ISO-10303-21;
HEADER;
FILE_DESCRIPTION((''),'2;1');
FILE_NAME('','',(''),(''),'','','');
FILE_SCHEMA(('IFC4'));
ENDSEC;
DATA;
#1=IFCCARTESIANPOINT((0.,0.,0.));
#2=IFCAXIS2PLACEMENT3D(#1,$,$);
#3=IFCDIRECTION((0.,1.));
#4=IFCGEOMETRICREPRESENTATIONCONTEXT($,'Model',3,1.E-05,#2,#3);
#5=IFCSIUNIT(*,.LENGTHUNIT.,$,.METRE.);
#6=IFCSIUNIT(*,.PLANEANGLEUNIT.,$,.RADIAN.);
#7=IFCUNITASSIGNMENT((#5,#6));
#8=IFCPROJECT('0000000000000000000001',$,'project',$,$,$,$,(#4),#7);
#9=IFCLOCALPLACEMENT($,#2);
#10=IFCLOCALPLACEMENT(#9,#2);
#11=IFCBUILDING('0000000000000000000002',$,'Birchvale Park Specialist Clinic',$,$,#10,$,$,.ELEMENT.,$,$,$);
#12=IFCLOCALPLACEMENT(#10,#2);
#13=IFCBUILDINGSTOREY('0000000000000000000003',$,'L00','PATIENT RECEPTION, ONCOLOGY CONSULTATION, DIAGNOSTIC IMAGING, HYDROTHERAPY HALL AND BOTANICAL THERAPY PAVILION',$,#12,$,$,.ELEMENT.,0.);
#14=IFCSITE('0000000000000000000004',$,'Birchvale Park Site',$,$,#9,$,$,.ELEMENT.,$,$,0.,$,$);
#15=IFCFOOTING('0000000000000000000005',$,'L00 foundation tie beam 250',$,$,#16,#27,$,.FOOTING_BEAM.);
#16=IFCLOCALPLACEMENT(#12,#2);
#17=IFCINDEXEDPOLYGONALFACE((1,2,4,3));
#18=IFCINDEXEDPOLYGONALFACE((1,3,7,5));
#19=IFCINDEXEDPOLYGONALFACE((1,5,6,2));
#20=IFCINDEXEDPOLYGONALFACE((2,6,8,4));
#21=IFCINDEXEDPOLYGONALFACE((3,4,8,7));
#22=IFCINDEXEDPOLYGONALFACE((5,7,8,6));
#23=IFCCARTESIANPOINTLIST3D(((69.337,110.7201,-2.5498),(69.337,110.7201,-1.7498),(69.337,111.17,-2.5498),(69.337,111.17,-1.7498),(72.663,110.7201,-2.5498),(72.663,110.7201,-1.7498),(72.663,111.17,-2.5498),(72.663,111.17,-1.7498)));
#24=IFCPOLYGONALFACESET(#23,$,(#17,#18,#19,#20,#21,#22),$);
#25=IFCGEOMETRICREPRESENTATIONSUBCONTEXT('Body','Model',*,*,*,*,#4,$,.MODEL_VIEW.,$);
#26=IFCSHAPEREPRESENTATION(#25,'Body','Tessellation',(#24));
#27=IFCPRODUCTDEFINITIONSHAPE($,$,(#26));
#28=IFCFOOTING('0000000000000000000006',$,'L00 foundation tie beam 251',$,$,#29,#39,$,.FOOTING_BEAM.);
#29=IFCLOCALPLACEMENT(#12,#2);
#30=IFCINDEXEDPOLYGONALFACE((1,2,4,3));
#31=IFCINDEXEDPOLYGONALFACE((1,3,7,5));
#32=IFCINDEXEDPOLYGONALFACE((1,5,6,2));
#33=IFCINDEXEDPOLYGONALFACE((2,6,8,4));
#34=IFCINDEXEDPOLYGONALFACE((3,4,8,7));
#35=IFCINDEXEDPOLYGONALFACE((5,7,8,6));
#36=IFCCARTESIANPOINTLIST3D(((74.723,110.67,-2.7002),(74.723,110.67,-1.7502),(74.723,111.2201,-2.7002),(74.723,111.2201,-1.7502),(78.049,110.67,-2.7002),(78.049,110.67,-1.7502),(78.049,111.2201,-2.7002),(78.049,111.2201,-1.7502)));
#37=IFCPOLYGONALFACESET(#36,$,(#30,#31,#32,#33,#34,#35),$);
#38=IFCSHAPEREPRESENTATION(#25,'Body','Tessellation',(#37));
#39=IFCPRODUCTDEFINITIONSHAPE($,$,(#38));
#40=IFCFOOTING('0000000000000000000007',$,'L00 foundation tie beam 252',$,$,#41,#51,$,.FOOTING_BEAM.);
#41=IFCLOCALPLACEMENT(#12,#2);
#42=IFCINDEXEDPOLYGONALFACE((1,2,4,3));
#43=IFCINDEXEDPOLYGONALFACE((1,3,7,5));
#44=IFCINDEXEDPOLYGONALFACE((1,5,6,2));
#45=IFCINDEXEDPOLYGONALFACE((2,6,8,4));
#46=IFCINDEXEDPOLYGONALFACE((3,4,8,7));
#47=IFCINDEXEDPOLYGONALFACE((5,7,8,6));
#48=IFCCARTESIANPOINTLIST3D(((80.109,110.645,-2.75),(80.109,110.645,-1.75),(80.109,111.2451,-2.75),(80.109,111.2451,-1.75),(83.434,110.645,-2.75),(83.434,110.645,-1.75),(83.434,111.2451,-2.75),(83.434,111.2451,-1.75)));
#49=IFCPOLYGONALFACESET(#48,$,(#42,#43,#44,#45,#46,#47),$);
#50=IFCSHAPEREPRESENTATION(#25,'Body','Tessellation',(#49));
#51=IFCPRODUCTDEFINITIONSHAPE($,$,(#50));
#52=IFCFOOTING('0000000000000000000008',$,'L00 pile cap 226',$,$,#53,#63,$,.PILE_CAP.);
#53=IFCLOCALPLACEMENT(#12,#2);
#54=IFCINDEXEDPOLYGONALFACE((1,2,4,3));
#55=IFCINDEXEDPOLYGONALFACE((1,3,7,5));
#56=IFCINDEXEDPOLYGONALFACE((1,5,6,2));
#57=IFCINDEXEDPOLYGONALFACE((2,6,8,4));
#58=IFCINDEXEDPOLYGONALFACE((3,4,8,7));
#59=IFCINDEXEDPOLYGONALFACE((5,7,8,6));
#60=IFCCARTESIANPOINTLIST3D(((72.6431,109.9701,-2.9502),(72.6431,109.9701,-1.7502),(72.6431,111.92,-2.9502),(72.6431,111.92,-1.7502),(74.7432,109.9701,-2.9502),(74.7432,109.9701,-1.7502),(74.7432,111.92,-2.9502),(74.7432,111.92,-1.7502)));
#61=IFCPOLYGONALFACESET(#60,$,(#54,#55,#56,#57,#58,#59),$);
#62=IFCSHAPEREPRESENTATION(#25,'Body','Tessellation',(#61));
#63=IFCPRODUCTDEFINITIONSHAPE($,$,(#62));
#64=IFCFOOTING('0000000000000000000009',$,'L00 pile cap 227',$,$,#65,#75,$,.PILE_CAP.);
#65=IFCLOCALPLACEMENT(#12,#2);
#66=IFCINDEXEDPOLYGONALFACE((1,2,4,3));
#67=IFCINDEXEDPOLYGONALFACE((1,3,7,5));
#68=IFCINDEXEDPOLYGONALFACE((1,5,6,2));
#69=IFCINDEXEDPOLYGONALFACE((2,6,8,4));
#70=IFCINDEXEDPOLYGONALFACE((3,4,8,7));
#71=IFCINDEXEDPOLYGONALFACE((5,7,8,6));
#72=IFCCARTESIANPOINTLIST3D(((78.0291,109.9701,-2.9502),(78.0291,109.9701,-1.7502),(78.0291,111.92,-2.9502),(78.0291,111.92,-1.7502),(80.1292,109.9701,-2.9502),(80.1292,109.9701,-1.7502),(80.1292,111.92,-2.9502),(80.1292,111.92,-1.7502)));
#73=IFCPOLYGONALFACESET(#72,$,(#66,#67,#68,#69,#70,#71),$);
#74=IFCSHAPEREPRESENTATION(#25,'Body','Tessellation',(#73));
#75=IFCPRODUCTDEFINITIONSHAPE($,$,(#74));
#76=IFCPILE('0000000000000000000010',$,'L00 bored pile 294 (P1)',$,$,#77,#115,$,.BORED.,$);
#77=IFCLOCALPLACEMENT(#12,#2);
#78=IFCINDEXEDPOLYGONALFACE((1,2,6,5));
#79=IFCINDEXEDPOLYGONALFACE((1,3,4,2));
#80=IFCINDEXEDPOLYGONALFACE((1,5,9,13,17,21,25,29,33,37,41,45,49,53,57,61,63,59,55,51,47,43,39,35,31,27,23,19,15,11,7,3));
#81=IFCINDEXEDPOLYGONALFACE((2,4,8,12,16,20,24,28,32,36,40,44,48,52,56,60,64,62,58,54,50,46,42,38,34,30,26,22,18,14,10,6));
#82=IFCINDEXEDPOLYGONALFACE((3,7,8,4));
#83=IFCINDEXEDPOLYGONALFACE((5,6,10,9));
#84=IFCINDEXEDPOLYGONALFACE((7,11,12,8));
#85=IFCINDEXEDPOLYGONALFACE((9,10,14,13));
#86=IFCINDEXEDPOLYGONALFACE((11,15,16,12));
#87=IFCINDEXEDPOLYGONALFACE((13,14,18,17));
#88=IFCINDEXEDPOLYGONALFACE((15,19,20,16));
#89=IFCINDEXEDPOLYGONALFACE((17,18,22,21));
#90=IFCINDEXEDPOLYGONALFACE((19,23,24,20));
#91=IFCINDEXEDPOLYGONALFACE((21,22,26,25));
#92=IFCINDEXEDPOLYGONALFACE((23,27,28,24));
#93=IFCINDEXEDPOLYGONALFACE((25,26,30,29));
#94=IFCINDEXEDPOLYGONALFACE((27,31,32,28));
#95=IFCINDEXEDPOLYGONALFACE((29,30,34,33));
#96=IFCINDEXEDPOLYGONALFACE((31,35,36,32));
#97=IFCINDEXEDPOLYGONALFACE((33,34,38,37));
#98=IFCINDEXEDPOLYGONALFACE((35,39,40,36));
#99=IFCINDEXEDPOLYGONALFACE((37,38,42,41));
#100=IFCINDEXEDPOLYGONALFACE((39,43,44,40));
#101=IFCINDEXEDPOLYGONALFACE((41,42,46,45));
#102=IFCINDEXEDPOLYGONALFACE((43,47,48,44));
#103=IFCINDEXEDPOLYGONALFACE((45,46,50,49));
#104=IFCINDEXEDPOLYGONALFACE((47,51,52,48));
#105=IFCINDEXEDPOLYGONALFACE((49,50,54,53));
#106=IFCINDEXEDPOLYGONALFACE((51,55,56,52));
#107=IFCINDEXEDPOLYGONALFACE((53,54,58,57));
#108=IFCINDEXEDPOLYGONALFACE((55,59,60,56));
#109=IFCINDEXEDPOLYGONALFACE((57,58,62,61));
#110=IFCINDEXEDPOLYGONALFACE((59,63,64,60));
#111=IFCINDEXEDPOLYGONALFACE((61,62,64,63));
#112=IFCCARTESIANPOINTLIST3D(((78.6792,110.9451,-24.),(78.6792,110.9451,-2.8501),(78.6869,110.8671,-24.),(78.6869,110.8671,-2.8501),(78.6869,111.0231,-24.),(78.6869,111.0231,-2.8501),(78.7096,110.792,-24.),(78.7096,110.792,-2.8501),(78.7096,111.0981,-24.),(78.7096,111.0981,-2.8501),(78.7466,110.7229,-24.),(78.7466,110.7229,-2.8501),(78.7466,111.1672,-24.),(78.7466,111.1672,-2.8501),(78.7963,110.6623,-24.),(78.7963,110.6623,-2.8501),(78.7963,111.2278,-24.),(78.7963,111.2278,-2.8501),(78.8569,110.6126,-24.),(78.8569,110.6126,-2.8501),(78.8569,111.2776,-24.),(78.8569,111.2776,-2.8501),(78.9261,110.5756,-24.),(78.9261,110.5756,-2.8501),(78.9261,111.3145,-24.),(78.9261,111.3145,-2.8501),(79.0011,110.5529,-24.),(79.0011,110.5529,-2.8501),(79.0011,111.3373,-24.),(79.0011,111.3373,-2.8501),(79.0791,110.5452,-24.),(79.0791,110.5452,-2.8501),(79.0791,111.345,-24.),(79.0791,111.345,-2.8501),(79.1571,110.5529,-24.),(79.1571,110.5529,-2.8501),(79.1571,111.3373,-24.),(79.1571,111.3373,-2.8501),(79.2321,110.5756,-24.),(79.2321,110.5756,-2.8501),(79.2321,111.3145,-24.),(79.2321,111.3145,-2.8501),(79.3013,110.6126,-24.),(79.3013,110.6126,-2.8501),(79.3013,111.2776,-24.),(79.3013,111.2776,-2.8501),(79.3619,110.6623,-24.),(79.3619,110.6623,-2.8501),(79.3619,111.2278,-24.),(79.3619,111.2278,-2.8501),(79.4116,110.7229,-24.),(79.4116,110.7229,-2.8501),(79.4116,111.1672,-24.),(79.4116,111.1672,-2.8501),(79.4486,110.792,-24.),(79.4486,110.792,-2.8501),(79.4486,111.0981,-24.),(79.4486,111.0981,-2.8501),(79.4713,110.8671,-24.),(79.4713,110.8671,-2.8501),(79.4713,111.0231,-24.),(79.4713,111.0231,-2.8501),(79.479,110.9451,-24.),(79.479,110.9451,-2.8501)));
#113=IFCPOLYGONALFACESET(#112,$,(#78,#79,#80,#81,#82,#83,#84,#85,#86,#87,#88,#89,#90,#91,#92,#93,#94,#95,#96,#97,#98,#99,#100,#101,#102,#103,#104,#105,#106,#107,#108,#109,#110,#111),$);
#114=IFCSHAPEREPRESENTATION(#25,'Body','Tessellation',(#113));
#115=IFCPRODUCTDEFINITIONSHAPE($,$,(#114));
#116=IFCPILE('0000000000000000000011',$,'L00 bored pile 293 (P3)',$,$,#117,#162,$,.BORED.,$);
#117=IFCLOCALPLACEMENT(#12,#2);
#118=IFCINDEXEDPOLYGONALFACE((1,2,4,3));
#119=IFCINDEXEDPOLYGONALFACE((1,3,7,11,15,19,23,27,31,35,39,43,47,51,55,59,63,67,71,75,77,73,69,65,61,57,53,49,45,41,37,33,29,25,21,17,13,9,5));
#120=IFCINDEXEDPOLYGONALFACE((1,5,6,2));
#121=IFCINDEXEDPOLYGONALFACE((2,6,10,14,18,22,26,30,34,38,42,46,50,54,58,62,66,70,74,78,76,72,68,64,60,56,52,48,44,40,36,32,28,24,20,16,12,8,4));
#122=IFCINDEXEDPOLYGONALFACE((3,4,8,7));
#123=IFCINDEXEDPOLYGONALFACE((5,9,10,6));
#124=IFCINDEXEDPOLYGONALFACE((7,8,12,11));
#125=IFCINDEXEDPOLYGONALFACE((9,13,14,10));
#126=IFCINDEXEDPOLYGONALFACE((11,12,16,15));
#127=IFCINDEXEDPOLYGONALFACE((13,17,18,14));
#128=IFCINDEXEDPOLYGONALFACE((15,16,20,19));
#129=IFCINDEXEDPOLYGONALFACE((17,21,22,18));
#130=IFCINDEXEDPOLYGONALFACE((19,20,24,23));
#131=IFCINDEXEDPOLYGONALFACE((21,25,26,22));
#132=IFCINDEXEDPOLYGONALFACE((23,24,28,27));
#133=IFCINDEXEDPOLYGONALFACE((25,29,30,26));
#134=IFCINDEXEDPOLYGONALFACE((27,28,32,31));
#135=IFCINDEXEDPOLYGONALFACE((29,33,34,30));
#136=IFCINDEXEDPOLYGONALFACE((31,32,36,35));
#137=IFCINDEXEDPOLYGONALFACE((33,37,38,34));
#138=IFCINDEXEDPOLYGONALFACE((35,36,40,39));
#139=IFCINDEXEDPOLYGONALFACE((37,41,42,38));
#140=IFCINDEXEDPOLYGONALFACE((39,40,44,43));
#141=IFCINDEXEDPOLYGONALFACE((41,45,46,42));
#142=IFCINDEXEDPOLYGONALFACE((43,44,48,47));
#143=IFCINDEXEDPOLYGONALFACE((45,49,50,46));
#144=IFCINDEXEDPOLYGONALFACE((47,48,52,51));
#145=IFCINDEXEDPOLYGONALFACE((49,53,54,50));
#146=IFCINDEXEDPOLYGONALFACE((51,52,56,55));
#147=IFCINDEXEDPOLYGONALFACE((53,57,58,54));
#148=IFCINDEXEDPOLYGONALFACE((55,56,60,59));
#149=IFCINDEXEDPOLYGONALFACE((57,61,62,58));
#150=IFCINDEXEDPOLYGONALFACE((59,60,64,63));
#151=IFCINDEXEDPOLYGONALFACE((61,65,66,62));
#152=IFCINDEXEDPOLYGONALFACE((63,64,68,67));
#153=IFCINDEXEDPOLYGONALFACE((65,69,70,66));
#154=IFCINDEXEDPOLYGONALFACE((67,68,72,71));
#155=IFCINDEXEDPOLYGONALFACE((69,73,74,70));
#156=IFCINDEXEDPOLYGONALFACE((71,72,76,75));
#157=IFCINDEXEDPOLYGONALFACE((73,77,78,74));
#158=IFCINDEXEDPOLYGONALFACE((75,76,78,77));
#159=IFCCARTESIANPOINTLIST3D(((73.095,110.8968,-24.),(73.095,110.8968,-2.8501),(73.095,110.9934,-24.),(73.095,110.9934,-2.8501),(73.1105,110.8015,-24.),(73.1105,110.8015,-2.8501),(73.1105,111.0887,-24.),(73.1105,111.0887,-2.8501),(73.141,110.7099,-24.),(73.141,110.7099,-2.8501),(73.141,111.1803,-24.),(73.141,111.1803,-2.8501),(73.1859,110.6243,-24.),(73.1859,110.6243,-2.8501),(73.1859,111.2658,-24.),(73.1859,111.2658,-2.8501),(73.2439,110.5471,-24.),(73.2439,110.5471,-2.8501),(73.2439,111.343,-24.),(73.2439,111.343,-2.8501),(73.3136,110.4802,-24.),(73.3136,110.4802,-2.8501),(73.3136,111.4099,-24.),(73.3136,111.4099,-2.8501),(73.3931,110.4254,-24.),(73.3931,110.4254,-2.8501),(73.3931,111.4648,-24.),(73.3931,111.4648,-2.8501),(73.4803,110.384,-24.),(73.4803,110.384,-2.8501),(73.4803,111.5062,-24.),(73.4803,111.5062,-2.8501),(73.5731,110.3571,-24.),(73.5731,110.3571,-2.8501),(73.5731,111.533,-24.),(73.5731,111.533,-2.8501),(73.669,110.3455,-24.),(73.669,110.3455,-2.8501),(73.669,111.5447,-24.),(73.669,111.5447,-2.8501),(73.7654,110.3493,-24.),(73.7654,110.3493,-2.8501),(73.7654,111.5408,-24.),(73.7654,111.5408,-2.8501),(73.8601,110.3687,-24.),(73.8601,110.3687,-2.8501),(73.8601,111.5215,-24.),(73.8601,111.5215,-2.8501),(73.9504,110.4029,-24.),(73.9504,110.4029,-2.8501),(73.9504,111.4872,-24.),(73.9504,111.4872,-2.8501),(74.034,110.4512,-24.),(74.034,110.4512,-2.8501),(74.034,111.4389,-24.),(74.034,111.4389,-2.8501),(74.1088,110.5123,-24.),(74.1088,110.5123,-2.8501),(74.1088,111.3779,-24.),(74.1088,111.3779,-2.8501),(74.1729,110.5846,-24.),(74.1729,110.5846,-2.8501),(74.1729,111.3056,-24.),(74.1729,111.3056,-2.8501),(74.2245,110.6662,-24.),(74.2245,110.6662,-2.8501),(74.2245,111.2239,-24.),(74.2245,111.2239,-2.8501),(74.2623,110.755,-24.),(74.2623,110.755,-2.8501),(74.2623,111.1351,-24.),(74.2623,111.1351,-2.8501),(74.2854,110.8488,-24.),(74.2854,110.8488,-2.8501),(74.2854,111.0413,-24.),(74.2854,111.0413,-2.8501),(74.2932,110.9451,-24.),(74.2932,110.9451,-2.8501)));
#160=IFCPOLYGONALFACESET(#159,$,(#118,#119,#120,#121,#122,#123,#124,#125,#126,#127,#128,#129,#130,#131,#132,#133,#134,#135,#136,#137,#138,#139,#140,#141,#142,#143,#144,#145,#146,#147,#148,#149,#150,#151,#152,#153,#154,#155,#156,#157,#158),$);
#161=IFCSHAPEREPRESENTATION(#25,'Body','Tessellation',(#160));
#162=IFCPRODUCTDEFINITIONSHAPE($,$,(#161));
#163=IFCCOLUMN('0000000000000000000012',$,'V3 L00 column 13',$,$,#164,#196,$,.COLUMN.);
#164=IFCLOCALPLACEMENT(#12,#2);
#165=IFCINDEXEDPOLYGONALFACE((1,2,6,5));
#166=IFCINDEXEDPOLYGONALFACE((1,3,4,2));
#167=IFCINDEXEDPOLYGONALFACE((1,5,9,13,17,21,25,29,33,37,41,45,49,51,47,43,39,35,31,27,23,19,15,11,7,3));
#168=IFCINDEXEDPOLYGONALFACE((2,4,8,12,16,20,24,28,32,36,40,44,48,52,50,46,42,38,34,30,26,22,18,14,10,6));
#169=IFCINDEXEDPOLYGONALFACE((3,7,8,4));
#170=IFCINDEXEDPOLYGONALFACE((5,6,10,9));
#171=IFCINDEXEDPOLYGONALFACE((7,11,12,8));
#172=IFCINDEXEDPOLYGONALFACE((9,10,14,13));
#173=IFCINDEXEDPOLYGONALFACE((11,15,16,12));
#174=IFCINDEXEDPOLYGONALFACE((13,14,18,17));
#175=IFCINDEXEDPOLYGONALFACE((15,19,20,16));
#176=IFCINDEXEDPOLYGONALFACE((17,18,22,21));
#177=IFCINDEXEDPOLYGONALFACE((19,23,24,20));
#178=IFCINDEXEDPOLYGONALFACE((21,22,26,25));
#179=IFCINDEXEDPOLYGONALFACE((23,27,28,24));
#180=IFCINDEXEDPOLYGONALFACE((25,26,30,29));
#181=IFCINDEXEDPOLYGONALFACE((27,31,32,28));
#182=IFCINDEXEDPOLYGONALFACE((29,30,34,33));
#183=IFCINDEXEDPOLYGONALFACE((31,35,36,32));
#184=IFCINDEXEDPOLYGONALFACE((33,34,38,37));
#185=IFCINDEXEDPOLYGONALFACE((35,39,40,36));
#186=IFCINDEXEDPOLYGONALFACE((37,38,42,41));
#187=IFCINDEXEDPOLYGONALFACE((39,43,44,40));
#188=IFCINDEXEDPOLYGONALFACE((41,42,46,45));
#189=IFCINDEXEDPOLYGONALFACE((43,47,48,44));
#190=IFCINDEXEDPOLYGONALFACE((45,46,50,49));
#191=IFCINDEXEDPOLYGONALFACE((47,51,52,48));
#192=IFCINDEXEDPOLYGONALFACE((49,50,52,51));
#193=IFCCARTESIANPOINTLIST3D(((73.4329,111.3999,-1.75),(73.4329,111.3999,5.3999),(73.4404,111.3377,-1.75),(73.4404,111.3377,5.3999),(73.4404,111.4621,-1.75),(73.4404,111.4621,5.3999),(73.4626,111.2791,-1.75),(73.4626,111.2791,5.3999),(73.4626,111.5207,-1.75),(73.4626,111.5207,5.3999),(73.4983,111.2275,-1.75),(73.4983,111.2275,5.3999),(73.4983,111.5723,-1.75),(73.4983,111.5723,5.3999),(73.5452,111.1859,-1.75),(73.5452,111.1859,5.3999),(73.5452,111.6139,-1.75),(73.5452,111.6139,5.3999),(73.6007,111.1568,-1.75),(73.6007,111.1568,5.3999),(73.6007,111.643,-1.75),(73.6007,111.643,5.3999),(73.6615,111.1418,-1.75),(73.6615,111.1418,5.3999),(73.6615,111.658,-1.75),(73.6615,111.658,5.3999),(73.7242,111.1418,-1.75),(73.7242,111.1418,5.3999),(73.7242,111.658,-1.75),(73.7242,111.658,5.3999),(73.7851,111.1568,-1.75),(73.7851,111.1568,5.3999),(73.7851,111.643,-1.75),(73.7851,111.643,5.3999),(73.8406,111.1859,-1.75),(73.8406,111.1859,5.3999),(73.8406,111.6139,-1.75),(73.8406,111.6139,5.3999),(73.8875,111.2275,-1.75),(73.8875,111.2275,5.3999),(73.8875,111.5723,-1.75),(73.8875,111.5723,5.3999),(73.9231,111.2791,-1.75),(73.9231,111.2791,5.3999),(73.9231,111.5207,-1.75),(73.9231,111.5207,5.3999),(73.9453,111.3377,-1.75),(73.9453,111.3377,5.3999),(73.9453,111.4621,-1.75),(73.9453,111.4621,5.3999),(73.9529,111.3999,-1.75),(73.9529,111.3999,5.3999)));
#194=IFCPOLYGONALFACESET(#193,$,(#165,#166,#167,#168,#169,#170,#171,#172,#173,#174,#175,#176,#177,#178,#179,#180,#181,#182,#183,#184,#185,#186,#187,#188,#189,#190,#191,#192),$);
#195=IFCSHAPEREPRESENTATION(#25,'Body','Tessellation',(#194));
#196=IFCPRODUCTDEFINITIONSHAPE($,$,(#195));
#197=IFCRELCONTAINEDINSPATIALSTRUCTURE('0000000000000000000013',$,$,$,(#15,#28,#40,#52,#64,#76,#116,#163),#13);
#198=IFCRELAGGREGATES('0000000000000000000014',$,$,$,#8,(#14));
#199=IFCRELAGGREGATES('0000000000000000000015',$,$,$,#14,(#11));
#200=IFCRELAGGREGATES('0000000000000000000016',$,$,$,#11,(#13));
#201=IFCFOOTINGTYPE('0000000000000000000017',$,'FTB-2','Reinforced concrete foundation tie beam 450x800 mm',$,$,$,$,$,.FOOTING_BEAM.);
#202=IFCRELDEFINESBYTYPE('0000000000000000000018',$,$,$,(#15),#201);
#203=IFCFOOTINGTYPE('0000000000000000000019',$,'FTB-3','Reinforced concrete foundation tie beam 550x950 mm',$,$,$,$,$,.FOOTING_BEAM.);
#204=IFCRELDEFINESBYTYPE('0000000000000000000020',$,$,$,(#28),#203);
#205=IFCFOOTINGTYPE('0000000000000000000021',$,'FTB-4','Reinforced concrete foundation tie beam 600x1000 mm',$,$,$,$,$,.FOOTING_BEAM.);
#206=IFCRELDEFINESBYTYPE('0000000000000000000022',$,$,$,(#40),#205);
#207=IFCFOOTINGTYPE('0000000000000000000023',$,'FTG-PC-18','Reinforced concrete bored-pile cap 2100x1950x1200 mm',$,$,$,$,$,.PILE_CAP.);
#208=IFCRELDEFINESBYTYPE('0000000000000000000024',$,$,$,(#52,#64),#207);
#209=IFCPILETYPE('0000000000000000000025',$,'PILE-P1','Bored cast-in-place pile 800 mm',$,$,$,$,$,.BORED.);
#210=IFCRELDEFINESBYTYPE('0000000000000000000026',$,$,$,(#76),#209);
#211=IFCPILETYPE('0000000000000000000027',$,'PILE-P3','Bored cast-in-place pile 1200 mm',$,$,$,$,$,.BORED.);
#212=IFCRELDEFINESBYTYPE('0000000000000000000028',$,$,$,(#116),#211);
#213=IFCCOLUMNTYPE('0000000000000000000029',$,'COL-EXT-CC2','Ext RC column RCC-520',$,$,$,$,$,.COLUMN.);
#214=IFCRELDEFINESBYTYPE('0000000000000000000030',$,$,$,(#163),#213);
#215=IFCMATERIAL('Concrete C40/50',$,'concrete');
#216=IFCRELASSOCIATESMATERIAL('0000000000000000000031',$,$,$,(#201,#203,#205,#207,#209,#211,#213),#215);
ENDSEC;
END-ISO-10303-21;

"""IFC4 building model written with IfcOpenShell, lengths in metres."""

from ifc_helpers import new_model, si_unit, direction, frame, origin, origin_2d, place, context, subcontext, project, spatial, rectangle, circle, extrude, material, material_profile, profile_set, type_object, element, save


model = new_model("IFC4")

# Units and contexts
model_context = context("Model", 3, precision=1e-05, world=origin(), true_north=direction((0.0, 1.0)))
body_context = subcontext(model_context, "Body", "Model", "MODEL_VIEW")
ifc_project = project(units=[si_unit("LENGTHUNIT", "METRE"), si_unit("PLANEANGLEUNIT", "RADIAN")], contexts=[model_context])

# Site, building, storey
site_placement = place(None, origin())
site = spatial("IfcSite", under=ifc_project, at=site_placement, Name="Birchvale Park Site", CompositionType="ELEMENT", RefElevation=0.0)
building_placement = place(site_placement, origin())
building = spatial("IfcBuilding", under=site, at=building_placement, Name="Birchvale Park Specialist Clinic", CompositionType="ELEMENT")
storey_placement = place(building_placement, origin())
storey = spatial("IfcBuildingStorey", under=building, at=storey_placement, Name="L00", Description="PATIENT RECEPTION, ONCOLOGY CONSULTATION, DIAGNOSTIC IMAGING, HYDROTHERAPY HALL AND BOTANICAL THERAPY PAVILION", CompositionType="ELEMENT", Elevation=0.0)

# Footings
ifc_material_1 = material(Name="Concrete C40/50", Category="concrete")
footing_type_1 = type_object("IfcFootingType", Name="FTB-2", Description="Reinforced concrete foundation tie beam 450x800 mm", PredefinedType="FOOTING_BEAM", material=ifc_material_1)
footing_1_placement = place(storey_placement, frame((71.0, 110.9451, -2.5498), z_axis=(0.0, 0.0, 1.0), x_axis=(1.0, 0.0, 0.0)))
element("IfcFooting", 1, at=footing_1_placement, inside=storey, type_object=footing_type_1, Name="L00 foundation tie beam 250", PredefinedType="FOOTING_BEAM", context=body_context, shape_type="SweptSolid", body=[
    extrude(rectangle(XDim=3.3259, YDim=0.45, at=origin_2d()), origin(), (0.0, 0.0, 1.0), 0.8),
])
footing_type_2 = type_object("IfcFootingType", Name="FTB-3", Description="Reinforced concrete foundation tie beam 550x950 mm", PredefinedType="FOOTING_BEAM", material=ifc_material_1)
footing_2_placement = place(storey_placement, frame((76.386, 110.9451, -2.7002), z_axis=(0.0, 0.0, 1.0), x_axis=(1.0, 0.0, 0.0)))
element("IfcFooting", 2, at=footing_2_placement, inside=storey, type_object=footing_type_2, Name="L00 foundation tie beam 251", PredefinedType="FOOTING_BEAM", context=body_context, shape_type="SweptSolid", body=[
    extrude(rectangle(XDim=3.3259, YDim=0.55, at=origin_2d()), origin(), (0.0, 0.0, 1.0), 0.95),
])
footing_type_3 = type_object("IfcFootingType", Name="FTB-4", Description="Reinforced concrete foundation tie beam 600x1000 mm", PredefinedType="FOOTING_BEAM", material=ifc_material_1)
footing_3_placement = place(storey_placement, frame((81.7715, 110.9451, -2.75), z_axis=(0.0, 0.0, 1.0), x_axis=(1.0, 0.0, 0.0)))
element("IfcFooting", 3, at=footing_3_placement, inside=storey, type_object=footing_type_3, Name="L00 foundation tie beam 252", PredefinedType="FOOTING_BEAM", context=body_context, shape_type="SweptSolid", body=[
    extrude(rectangle(XDim=3.325, YDim=0.6001, at=origin_2d()), origin(), (0.0, 0.0, 1.0), 1.0),
])
footing_type_4 = type_object("IfcFootingType", Name="FTG-PC-18", Description="Reinforced concrete bored-pile cap 2100x1950x1200 mm", PredefinedType="PILE_CAP", material=ifc_material_1)
for number, where, z_axis, x_axis, name in (
    (4, (73.6931, 110.9451, -2.9502), (0.0, 0.0, 1.0), (1.0, 0.0, 0.0), "L00 pile cap 226"),
    (5, (79.0791, 110.9451, -2.9502), (0.0, 0.0, 1.0), (1.0, 0.0, 0.0), "L00 pile cap 227"),
):
    element("IfcFooting", number, at=place(storey_placement, frame(where, z_axis=z_axis, x_axis=x_axis)), inside=storey, type_object=footing_type_4, Name=name, PredefinedType="PILE_CAP", context=body_context, shape_type="SweptSolid", body=[
        extrude(rectangle(XDim=2.1001, YDim=1.95, at=origin_2d()), origin(), (0.0, 0.0, 1.0), 1.2),
    ])

# Piles
ifc_material_profile_1 = material_profile(ifc_material_1, circle(Radius=0.3999, at=origin_2d()), Name="PILE-800")
ifc_profile_set_1 = profile_set([ifc_material_profile_1], Name="Concrete C40/50")
pile_type_1 = type_object("IfcPileType", Name="PILE-P1", Description="Bored cast-in-place pile 800 mm", PredefinedType="BORED", material=ifc_profile_set_1)
pile_1_placement = place(storey_placement, frame((79.0791, 110.9451, -2.8501), z_axis=(0.0, 0.0, -1.0), x_axis=(1.0, 0.0, 0.0)))
element("IfcPile", 6, at=pile_1_placement, inside=storey, type_object=pile_type_1, Name="L00 bored pile 294 (P1)", PredefinedType="BORED", context=body_context, shape_type="SweptSolid", body=[
    extrude(circle(Radius=0.3999, at=origin_2d()), origin(), (0.0, 0.0, 1.0), 21.1499),
])
ifc_material_profile_2 = material_profile(ifc_material_1, circle(Radius=0.6001, at=origin_2d()), Name="PILE-1200")
ifc_profile_set_2 = profile_set([ifc_material_profile_2], Name="Concrete C40/50")
pile_type_2 = type_object("IfcPileType", Name="PILE-P3", Description="Bored cast-in-place pile 1200 mm", PredefinedType="BORED", material=ifc_profile_set_2)
pile_2_placement = place(storey_placement, frame((73.6931, 110.9451, -2.8501), z_axis=(0.0, 0.0, -1.0), x_axis=(1.0, 0.0, 0.0)))
element("IfcPile", 7, at=pile_2_placement, inside=storey, type_object=pile_type_2, Name="L00 bored pile 293 (P3)", PredefinedType="BORED", context=body_context, shape_type="SweptSolid", body=[
    extrude(circle(Radius=0.6001, at=origin_2d()), origin(), (0.0, 0.0, 1.0), 21.1499),
])

# Column
ifc_material_profile_3 = material_profile(ifc_material_1, circle(Radius=0.26, at=origin_2d()), Name="RCC-520")
ifc_profile_set_3 = profile_set([ifc_material_profile_3], Name="Concrete C40/50")
column_type = type_object("IfcColumnType", Name="COL-EXT-CC2", Description="Ext RC column RCC-520", PredefinedType="COLUMN", material=ifc_profile_set_3)
for number, where, z_axis, x_axis, name in (
    (8, (73.6929, 111.3999, -1.75), (0.0, 0.0, 1.0), (1.0, 0.0, 0.0), "V3 L00 column 13"),
):
    element("IfcColumn", number, at=place(storey_placement, frame(where, z_axis=z_axis, x_axis=x_axis)), inside=storey, type_object=column_type, Name=name, PredefinedType="COLUMN", context=body_context, shape_type="SweptSolid", body=[
        extrude(circle(Radius=0.26, at=origin_2d()), origin(), (0.0, 0.0, 1.0), 7.1499),
    ])

save(model, "model.ifc")
